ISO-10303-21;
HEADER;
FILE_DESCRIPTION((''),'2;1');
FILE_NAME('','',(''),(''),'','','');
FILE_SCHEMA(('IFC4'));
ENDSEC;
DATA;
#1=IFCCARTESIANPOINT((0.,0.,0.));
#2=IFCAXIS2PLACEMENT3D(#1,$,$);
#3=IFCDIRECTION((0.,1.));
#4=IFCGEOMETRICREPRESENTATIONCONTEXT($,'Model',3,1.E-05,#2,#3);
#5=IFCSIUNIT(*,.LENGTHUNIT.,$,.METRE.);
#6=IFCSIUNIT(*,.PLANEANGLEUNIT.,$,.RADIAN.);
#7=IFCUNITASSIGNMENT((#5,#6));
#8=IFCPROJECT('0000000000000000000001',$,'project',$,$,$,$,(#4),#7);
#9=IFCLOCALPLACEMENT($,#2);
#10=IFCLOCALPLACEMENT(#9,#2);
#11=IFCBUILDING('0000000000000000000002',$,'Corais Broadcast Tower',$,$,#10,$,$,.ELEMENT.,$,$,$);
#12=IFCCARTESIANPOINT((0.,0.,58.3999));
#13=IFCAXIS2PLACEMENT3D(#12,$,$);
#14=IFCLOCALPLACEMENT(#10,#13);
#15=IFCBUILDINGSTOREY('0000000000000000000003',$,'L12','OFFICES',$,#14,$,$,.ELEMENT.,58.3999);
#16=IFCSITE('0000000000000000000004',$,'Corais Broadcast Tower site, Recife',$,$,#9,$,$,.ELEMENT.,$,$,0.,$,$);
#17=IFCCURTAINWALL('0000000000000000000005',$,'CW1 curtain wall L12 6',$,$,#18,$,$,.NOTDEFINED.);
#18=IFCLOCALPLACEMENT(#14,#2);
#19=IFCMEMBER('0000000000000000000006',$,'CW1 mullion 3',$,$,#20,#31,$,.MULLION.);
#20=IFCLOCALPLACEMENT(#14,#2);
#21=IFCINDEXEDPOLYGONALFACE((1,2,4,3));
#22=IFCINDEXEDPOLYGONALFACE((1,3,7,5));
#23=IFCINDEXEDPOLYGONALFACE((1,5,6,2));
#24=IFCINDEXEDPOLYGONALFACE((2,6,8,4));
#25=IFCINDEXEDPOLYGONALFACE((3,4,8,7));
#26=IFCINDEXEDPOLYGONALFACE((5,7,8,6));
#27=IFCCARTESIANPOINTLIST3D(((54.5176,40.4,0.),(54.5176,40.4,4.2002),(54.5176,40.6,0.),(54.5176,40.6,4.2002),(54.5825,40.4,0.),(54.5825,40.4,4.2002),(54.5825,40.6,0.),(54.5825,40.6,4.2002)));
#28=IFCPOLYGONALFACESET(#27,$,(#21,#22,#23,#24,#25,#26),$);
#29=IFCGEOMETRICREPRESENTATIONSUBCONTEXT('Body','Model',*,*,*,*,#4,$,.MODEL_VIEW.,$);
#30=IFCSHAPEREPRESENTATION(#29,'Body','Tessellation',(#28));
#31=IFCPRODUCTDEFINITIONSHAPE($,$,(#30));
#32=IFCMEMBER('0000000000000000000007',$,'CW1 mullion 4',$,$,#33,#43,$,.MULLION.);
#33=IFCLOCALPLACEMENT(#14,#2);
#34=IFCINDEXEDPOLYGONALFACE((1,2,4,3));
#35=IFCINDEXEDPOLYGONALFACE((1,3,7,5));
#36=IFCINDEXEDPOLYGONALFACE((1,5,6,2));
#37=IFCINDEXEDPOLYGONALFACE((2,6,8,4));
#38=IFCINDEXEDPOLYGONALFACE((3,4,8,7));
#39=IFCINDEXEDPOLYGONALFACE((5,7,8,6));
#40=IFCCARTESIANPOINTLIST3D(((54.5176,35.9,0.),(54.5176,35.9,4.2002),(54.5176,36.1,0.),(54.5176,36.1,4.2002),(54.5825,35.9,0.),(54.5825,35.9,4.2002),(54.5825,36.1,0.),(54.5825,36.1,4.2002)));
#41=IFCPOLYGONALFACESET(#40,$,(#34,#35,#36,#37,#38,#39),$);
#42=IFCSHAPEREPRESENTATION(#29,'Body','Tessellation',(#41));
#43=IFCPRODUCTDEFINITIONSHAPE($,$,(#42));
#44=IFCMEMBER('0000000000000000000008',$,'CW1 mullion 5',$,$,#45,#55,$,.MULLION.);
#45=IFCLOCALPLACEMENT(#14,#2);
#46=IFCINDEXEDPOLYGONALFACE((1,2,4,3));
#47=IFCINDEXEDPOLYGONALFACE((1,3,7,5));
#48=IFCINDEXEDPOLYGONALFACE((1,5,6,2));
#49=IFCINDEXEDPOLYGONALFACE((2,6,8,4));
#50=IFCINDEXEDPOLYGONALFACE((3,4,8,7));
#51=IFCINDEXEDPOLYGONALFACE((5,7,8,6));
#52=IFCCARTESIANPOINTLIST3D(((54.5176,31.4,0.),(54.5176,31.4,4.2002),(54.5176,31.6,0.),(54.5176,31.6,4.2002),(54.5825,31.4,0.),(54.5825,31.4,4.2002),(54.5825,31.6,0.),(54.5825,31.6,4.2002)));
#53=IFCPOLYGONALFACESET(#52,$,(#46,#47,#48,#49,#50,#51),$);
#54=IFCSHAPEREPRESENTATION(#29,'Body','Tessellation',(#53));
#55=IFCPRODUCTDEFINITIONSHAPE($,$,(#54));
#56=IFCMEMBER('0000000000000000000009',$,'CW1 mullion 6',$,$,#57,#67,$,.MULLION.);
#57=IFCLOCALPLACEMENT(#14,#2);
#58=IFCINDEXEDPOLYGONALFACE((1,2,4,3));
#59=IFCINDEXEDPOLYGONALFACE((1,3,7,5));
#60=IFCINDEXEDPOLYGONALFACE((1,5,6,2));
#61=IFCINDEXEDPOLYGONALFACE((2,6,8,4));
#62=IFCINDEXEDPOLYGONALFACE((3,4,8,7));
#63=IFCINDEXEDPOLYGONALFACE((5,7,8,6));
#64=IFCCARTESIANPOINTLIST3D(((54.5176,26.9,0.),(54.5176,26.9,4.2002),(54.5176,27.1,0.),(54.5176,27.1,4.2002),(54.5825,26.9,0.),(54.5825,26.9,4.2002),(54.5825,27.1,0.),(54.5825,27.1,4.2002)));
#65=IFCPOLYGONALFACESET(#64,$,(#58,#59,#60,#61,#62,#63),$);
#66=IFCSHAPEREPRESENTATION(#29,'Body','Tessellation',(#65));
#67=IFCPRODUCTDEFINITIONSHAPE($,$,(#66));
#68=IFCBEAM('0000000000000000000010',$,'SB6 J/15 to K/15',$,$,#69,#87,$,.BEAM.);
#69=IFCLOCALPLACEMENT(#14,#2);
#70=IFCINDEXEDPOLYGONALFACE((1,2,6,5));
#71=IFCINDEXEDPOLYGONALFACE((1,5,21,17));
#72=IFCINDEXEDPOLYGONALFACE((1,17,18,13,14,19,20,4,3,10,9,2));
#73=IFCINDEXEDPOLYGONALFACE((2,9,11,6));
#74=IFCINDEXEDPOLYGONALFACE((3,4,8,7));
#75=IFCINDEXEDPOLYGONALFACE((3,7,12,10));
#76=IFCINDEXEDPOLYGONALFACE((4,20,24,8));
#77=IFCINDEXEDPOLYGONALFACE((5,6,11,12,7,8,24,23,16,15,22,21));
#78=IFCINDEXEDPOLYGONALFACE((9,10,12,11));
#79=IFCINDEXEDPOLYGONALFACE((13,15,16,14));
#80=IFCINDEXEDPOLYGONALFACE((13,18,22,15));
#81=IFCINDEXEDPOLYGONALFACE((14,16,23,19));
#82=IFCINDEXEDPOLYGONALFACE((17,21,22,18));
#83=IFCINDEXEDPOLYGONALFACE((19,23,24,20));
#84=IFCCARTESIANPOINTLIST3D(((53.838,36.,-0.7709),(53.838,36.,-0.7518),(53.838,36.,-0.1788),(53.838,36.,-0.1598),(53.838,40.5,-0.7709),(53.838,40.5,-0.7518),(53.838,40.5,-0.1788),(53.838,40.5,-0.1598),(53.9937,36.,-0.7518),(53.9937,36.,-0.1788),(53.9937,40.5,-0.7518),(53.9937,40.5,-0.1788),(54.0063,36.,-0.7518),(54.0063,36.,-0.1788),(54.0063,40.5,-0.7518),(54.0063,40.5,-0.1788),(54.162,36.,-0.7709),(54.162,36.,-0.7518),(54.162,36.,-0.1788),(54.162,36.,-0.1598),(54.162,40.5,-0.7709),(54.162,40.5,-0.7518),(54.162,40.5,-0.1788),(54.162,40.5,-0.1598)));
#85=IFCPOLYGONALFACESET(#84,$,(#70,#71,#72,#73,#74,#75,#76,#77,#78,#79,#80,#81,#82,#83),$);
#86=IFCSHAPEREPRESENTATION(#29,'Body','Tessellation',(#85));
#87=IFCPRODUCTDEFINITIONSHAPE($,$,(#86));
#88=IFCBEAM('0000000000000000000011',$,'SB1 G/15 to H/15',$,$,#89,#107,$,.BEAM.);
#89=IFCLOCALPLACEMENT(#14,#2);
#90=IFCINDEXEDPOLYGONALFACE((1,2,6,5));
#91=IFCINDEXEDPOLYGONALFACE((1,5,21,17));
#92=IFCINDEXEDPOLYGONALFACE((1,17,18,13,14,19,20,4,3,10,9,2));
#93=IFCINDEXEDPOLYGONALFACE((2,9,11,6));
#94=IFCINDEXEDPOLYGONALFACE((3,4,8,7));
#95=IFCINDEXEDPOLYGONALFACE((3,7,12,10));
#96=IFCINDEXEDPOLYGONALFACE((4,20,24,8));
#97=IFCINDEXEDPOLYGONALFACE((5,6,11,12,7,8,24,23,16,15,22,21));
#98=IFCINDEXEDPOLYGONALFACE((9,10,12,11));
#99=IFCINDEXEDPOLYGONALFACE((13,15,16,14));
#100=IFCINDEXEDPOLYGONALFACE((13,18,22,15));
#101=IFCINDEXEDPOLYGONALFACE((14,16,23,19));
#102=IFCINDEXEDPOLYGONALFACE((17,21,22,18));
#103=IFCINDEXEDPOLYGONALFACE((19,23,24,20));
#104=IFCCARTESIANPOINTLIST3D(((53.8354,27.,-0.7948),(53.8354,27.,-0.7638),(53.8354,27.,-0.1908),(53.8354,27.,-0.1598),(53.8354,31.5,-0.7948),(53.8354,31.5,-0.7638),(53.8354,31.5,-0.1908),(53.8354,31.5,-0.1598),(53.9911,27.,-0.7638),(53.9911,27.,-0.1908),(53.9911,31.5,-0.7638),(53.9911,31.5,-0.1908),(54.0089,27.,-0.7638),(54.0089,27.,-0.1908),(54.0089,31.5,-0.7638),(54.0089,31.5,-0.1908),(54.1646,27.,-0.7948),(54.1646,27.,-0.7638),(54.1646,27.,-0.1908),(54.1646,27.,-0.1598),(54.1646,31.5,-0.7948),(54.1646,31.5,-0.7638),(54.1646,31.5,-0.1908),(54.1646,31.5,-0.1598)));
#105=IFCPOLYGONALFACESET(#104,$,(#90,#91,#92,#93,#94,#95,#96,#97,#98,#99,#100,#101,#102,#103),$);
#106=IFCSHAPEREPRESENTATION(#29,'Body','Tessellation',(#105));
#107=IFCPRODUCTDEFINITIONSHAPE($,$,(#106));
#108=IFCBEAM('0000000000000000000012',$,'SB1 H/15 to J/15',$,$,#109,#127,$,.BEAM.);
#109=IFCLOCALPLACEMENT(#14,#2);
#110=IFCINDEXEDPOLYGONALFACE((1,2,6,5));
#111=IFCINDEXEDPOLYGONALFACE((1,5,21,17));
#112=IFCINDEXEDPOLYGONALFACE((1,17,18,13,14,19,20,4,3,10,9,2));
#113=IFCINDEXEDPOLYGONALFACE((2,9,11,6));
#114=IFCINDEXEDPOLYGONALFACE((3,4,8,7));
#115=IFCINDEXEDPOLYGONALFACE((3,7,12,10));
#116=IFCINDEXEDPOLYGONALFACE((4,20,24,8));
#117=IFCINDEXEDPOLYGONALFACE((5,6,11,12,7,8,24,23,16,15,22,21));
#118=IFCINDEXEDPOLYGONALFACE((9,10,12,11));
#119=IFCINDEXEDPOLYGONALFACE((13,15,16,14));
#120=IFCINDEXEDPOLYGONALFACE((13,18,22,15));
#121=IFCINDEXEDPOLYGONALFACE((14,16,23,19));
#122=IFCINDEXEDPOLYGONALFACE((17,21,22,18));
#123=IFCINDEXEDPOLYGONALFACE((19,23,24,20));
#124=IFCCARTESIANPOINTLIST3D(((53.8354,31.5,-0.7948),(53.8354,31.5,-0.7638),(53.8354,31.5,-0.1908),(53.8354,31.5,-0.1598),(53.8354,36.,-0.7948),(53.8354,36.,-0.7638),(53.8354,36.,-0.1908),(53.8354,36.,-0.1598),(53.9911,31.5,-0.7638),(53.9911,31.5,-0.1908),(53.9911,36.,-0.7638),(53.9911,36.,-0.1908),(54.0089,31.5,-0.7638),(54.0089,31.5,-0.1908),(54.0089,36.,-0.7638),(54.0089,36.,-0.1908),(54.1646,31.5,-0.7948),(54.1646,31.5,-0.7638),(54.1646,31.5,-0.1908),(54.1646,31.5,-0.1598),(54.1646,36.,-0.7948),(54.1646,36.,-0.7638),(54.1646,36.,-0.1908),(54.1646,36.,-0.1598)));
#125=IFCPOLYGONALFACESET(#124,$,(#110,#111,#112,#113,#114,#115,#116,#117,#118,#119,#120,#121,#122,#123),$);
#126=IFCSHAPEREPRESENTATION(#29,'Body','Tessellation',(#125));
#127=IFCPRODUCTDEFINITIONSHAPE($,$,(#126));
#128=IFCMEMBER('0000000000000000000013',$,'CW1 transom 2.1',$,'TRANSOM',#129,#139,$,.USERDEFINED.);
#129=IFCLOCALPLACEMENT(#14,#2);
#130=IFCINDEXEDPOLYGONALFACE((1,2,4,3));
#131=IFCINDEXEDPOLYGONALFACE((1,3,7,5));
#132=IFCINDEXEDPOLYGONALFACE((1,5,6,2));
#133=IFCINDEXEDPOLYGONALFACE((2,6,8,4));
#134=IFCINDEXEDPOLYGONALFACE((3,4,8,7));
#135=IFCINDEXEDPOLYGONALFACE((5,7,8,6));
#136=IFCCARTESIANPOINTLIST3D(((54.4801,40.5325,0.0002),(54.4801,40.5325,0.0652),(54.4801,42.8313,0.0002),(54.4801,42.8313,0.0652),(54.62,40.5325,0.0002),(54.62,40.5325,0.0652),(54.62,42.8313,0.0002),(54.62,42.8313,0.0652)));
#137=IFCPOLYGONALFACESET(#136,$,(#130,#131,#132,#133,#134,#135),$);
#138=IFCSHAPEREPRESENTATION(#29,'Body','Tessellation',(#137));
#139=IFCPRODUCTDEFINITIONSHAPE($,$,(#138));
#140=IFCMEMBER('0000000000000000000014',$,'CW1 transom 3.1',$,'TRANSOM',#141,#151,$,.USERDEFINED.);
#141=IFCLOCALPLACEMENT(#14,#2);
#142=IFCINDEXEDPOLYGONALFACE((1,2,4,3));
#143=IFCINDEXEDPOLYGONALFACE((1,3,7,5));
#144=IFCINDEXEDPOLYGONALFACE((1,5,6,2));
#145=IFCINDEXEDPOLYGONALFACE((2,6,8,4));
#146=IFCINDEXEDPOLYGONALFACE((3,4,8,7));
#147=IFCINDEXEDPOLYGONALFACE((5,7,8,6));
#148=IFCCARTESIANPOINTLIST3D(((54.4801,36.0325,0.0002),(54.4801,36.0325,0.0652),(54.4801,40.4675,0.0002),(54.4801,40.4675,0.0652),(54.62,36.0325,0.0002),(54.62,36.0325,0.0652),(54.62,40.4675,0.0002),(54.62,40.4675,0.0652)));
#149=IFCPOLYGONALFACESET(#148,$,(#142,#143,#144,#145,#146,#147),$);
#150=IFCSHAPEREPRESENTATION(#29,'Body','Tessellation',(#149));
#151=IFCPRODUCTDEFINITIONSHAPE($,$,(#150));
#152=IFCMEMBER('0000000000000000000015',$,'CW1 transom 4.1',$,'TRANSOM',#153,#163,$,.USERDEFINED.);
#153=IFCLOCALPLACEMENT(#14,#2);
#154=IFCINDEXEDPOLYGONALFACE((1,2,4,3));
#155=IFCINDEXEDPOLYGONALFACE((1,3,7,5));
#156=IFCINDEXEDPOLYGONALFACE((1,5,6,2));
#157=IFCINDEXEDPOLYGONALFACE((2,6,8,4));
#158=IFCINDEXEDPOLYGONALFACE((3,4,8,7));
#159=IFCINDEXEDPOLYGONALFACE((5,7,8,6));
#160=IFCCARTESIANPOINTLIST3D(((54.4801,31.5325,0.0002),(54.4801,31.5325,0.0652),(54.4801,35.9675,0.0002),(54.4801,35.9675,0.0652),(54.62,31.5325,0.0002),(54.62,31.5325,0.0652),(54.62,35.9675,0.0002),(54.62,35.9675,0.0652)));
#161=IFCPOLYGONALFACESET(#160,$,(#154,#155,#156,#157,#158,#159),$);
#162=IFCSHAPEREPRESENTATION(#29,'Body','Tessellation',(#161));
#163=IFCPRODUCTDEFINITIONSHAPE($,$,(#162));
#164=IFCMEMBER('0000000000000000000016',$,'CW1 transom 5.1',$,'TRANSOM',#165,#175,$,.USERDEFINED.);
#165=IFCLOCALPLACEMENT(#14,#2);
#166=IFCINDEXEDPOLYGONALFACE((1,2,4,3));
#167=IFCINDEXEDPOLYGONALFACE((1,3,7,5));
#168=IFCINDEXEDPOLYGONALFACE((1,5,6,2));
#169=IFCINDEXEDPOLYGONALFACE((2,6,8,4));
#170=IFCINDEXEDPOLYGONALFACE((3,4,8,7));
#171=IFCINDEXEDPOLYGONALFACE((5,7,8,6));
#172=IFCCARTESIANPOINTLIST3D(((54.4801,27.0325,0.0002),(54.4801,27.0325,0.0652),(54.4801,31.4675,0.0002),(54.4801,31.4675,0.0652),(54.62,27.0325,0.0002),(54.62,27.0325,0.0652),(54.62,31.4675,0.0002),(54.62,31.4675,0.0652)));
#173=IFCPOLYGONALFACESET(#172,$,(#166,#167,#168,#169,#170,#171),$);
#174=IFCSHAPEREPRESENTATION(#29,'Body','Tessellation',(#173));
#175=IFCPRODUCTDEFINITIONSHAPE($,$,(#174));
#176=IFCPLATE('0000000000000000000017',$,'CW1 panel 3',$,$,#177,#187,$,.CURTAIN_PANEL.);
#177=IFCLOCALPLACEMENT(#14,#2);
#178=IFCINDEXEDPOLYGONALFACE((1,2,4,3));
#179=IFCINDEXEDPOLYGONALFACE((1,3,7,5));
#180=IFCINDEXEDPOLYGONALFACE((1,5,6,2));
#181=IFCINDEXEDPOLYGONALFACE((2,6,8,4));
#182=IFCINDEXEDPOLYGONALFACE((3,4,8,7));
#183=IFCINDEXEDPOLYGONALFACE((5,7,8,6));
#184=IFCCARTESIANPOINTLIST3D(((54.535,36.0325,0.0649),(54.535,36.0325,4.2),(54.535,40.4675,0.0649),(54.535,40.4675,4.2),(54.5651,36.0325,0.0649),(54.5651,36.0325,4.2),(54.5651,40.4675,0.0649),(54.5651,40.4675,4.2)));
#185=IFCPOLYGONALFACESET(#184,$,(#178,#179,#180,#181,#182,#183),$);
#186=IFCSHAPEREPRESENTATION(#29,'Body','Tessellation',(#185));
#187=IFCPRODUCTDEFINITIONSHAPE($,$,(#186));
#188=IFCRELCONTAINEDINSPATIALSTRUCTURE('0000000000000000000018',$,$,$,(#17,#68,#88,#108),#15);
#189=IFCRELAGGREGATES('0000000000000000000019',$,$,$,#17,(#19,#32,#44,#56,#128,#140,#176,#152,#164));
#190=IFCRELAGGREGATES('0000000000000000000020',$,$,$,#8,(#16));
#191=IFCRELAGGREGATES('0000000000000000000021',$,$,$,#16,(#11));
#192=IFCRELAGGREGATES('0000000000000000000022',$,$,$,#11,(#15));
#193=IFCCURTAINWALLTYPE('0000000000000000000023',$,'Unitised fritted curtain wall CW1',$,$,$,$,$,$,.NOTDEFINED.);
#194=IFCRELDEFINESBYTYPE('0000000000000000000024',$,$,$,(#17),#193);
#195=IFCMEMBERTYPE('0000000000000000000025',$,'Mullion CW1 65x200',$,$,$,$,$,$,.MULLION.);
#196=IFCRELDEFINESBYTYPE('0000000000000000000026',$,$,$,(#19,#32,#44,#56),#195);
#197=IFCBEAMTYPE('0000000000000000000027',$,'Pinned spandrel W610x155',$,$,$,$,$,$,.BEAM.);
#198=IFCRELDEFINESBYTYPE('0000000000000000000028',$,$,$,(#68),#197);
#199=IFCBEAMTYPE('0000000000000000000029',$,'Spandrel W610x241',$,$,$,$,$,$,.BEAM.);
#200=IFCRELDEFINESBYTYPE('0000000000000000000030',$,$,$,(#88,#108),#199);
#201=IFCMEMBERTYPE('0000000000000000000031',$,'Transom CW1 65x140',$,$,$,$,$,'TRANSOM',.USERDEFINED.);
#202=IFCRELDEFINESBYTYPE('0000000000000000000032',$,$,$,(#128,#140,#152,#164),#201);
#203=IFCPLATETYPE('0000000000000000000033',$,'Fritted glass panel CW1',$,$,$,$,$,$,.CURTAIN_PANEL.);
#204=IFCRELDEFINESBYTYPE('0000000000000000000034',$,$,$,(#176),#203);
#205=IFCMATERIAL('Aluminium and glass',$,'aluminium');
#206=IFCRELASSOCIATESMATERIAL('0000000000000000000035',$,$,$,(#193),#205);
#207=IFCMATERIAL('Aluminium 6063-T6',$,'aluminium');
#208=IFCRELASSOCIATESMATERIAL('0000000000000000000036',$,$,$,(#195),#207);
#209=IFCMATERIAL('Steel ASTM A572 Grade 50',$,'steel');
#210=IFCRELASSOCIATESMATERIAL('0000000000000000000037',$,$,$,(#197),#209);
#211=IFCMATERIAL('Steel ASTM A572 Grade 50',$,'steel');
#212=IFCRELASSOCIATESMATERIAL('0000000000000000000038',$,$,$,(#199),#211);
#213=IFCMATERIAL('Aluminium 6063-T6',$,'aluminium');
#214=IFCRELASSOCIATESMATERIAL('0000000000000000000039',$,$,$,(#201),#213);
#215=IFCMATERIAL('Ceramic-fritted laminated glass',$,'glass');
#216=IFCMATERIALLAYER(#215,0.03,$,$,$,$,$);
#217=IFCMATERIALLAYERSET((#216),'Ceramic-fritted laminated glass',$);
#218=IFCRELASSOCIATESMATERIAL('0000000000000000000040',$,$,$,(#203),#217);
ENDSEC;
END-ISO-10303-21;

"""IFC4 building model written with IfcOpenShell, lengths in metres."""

from ifc_helpers import new_model, si_unit, direction, frame, origin, origin_2d, place, context, subcontext, project, spatial, rectangle, i_section, extrude, material, layer, layer_set, material_profile, profile_set, type_object, element, aggregate, save


model = new_model("IFC4")

# Units and contexts
model_context = context("Model", 3, precision=1e-05, world=origin(), true_north=direction((0.0, 1.0)))
body_context = subcontext(model_context, "Body", "Model", "MODEL_VIEW")
ifc_project = project(units=[si_unit("LENGTHUNIT", "METRE"), si_unit("PLANEANGLEUNIT", "RADIAN")], contexts=[model_context])

# Site, building, storey
site_placement = place(None, origin())
site = spatial("IfcSite", under=ifc_project, at=site_placement, Name="Corais Broadcast Tower site, Recife", CompositionType="ELEMENT", RefElevation=0.0)
building_placement = place(site_placement, origin())
building = spatial("IfcBuilding", under=site, at=building_placement, Name="Corais Broadcast Tower", CompositionType="ELEMENT")
storey_placement = place(building_placement, frame((0.0, 0.0, 58.3999)))
storey = spatial("IfcBuildingStorey", under=building, at=storey_placement, Name="L12", Description="OFFICES", CompositionType="ELEMENT", Elevation=58.3999)

# Curtain wall, members
ifc_material_1 = material(Name="Aluminium and glass", Category="aluminium")
curtain_wall_type = type_object("IfcCurtainWallType", Name="Unitised fritted curtain wall CW1", PredefinedType="NOTDEFINED", material=ifc_material_1)
curtain_wall_placement = place(storey_placement, origin())
curtain_wall = element("IfcCurtainWall", 1, at=curtain_wall_placement, inside=storey, type_object=curtain_wall_type, Name="CW1 curtain wall L12 6", PredefinedType="NOTDEFINED")
ifc_material_2 = material(Name="Aluminium 6063-T6", Category="aluminium")
ifc_material_profile_1 = material_profile(ifc_material_2, rectangle(XDim=0.0649, YDim=0.2, at=origin_2d()), Name="Mullion CW1 65x200")
ifc_profile_set_1 = profile_set([ifc_material_profile_1], Name="Aluminium 6063-T6")
member_type_1 = type_object("IfcMemberType", Name="Mullion CW1 65x200", PredefinedType="MULLION", material=ifc_profile_set_1)
member_1_placement = place(storey_placement, frame((54.55, 40.5, 0.0), z_axis=(0.0, 0.0, 1.0), x_axis=(1.0, 0.0, 0.0)))
member_1 = element("IfcMember", 2, at=member_1_placement, type_object=member_type_1, Name="CW1 mullion 3", PredefinedType="MULLION", context=body_context, shape_type="SweptSolid", body=[
    extrude(rectangle(XDim=0.0649, YDim=0.2, at=origin_2d()), origin(), (0.0, 0.0, 1.0), 4.2002),
])
member_2_placement = place(storey_placement, frame((54.55, 36.0, 0.0), z_axis=(0.0, 0.0, 1.0), x_axis=(1.0, 0.0, 0.0)))
member_2 = element("IfcMember", 3, at=member_2_placement, type_object=member_type_1, Name="CW1 mullion 4", PredefinedType="MULLION", context=body_context, shape_type="SweptSolid", body=[
    extrude(rectangle(XDim=0.0649, YDim=0.2, at=origin_2d()), origin(), (0.0, 0.0, 1.0), 4.2002),
])
member_3_placement = place(storey_placement, frame((54.55, 31.5, 0.0), z_axis=(0.0, 0.0, 1.0), x_axis=(1.0, 0.0, 0.0)))
member_3 = element("IfcMember", 4, at=member_3_placement, type_object=member_type_1, Name="CW1 mullion 5", PredefinedType="MULLION", context=body_context, shape_type="SweptSolid", body=[
    extrude(rectangle(XDim=0.0649, YDim=0.2, at=origin_2d()), origin(), (0.0, 0.0, 1.0), 4.2002),
])
member_4_placement = place(storey_placement, frame((54.55, 27.0, 0.0), z_axis=(0.0, 0.0, 1.0), x_axis=(1.0, 0.0, 0.0)))
member_4 = element("IfcMember", 5, at=member_4_placement, type_object=member_type_1, Name="CW1 mullion 6", PredefinedType="MULLION", context=body_context, shape_type="SweptSolid", body=[
    extrude(rectangle(XDim=0.0649, YDim=0.2, at=origin_2d()), origin(), (0.0, 0.0, 1.0), 4.2002),
])

# Beams
ifc_material_3 = material(Name="Steel ASTM A572 Grade 50", Category="steel")
ifc_material_profile_2 = material_profile(ifc_material_3, i_section(OverallWidth=0.324, OverallDepth=0.6111, WebThickness=0.0127, FlangeThickness=0.019, at=origin_2d()), Name="W610x155")
ifc_profile_set_2 = profile_set([ifc_material_profile_2], Name="Steel ASTM A572 Grade 50")
beam_type_1 = type_object("IfcBeamType", Name="Pinned spandrel W610x155", PredefinedType="BEAM", material=ifc_profile_set_2)
beam_1_placement = place(storey_placement, frame((54.0, 36.0, -0.4653), z_axis=(0.0, 1.0, 0.0), x_axis=(-1.0, 0.0, 0.0)))
element("IfcBeam", 6, at=beam_1_placement, inside=storey, type_object=beam_type_1, Name="SB6 J/15 to K/15", PredefinedType="BEAM", context=body_context, shape_type="SweptSolid", body=[
    extrude(i_section(OverallWidth=0.324, OverallDepth=0.6111, WebThickness=0.0127, FlangeThickness=0.019, at=origin_2d()), origin(), (0.0, 0.0, 1.0), 4.5),
])
ifc_material_4 = material(Name="Steel ASTM A572 Grade 50", Category="steel")
ifc_material_profile_3 = material_profile(ifc_material_4, i_section(OverallWidth=0.3291, OverallDepth=0.635, WebThickness=0.0178, FlangeThickness=0.031, at=origin_2d()), Name="W610x241")
ifc_profile_set_3 = profile_set([ifc_material_profile_3], Name="Steel ASTM A572 Grade 50")
beam_type_2 = type_object("IfcBeamType", Name="Spandrel W610x241", PredefinedType="BEAM", material=ifc_profile_set_3)
for number, where, z_axis, x_axis, name in (
    (7, (54.0, 27.0, -0.4773), (0.0, 1.0, 0.0), (-1.0, 0.0, 0.0), "SB1 G/15 to H/15"),
    (8, (54.0, 31.5, -0.4773), (0.0, 1.0, 0.0), (-1.0, 0.0, 0.0), "SB1 H/15 to J/15"),
):
    element("IfcBeam", number, at=place(storey_placement, frame(where, z_axis=z_axis, x_axis=x_axis)), inside=storey, type_object=beam_type_2, Name=name, PredefinedType="BEAM", context=body_context, shape_type="SweptSolid", body=[
        extrude(i_section(OverallWidth=0.3291, OverallDepth=0.635, WebThickness=0.0178, FlangeThickness=0.031, at=origin_2d()), origin(), (0.0, 0.0, 1.0), 4.5),
    ])

# Members
ifc_material_5 = material(Name="Aluminium 6063-T6", Category="aluminium")
ifc_material_profile_4 = material_profile(ifc_material_5, rectangle(XDim=0.1399, YDim=0.0649, at=origin_2d()), Name="Transom CW1 65x140")
ifc_profile_set_4 = profile_set([ifc_material_profile_4], Name="Aluminium 6063-T6")
member_type_2 = type_object("IfcMemberType", Name="Transom CW1 65x140", ElementType="TRANSOM", PredefinedType="USERDEFINED", material=ifc_profile_set_4)
member_5_placement = place(storey_placement, frame((54.55, 42.8313, 0.0327), z_axis=(0.0, -1.0, 0.0), x_axis=(1.0, 0.0, 0.0)))
member_5 = element("IfcMember", 9, at=member_5_placement, type_object=member_type_2, Name="CW1 transom 2.1", ObjectType="TRANSOM", PredefinedType="USERDEFINED", context=body_context, shape_type="SweptSolid", body=[
    extrude(rectangle(XDim=0.1399, YDim=0.0649, at=origin_2d()), origin(), (0.0, 0.0, 1.0), 2.2988),
])
member_6_placement = place(storey_placement, frame((54.55, 40.4675, 0.0327), z_axis=(0.0, -1.0, 0.0), x_axis=(1.0, 0.0, 0.0)))
member_6 = element("IfcMember", 10, at=member_6_placement, type_object=member_type_2, Name="CW1 transom 3.1", ObjectType="TRANSOM", PredefinedType="USERDEFINED", context=body_context, shape_type="SweptSolid", body=[
    extrude(rectangle(XDim=0.1399, YDim=0.0649, at=origin_2d()), origin(), (0.0, 0.0, 1.0), 4.4351),
])
member_7_placement = place(storey_placement, frame((54.55, 35.9675, 0.0327), z_axis=(0.0, -1.0, 0.0), x_axis=(1.0, 0.0, 0.0)))
member_7 = element("IfcMember", 11, at=member_7_placement, type_object=member_type_2, Name="CW1 transom 4.1", ObjectType="TRANSOM", PredefinedType="USERDEFINED", context=body_context, shape_type="SweptSolid", body=[
    extrude(rectangle(XDim=0.1399, YDim=0.0649, at=origin_2d()), origin(), (0.0, 0.0, 1.0), 4.4351),
])
member_8_placement = place(storey_placement, frame((54.55, 31.4675, 0.0327), z_axis=(0.0, -1.0, 0.0), x_axis=(1.0, 0.0, 0.0)))
member_8 = element("IfcMember", 12, at=member_8_placement, type_object=member_type_2, Name="CW1 transom 5.1", ObjectType="TRANSOM", PredefinedType="USERDEFINED", context=body_context, shape_type="SweptSolid", body=[
    extrude(rectangle(XDim=0.1399, YDim=0.0649, at=origin_2d()), origin(), (0.0, 0.0, 1.0), 4.4351),
])

# Plate
ifc_material_6 = material(Name="Ceramic-fritted laminated glass", Category="glass")
ifc_layer_1 = layer(ifc_material_6, 0.03)
ifc_layer_set_1 = layer_set([ifc_layer_1], Name="Ceramic-fritted laminated glass")
plate_type_1 = type_object("IfcPlateType", Name="Fritted glass panel CW1", PredefinedType="CURTAIN_PANEL", material=ifc_layer_set_1)
plate_1_placement = place(storey_placement, frame((54.55, 38.25, 0.0649), z_axis=(0.0, 0.0, 1.0), x_axis=(0.0, -1.0, 0.0)))
plate_1 = element("IfcPlate", 13, at=plate_1_placement, type_object=plate_type_1, Name="CW1 panel 3", PredefinedType="CURTAIN_PANEL", context=body_context, shape_type="SweptSolid", body=[
    extrude(rectangle(XDim=4.4351, YDim=0.03, at=origin_2d()), origin(), (0.0, 0.0, 1.0), 4.135),
])
aggregate(curtain_wall, [member_1, member_2, member_3, member_4, member_5, member_6, plate_1, member_7, member_8])

save(model, "model.ifc")
